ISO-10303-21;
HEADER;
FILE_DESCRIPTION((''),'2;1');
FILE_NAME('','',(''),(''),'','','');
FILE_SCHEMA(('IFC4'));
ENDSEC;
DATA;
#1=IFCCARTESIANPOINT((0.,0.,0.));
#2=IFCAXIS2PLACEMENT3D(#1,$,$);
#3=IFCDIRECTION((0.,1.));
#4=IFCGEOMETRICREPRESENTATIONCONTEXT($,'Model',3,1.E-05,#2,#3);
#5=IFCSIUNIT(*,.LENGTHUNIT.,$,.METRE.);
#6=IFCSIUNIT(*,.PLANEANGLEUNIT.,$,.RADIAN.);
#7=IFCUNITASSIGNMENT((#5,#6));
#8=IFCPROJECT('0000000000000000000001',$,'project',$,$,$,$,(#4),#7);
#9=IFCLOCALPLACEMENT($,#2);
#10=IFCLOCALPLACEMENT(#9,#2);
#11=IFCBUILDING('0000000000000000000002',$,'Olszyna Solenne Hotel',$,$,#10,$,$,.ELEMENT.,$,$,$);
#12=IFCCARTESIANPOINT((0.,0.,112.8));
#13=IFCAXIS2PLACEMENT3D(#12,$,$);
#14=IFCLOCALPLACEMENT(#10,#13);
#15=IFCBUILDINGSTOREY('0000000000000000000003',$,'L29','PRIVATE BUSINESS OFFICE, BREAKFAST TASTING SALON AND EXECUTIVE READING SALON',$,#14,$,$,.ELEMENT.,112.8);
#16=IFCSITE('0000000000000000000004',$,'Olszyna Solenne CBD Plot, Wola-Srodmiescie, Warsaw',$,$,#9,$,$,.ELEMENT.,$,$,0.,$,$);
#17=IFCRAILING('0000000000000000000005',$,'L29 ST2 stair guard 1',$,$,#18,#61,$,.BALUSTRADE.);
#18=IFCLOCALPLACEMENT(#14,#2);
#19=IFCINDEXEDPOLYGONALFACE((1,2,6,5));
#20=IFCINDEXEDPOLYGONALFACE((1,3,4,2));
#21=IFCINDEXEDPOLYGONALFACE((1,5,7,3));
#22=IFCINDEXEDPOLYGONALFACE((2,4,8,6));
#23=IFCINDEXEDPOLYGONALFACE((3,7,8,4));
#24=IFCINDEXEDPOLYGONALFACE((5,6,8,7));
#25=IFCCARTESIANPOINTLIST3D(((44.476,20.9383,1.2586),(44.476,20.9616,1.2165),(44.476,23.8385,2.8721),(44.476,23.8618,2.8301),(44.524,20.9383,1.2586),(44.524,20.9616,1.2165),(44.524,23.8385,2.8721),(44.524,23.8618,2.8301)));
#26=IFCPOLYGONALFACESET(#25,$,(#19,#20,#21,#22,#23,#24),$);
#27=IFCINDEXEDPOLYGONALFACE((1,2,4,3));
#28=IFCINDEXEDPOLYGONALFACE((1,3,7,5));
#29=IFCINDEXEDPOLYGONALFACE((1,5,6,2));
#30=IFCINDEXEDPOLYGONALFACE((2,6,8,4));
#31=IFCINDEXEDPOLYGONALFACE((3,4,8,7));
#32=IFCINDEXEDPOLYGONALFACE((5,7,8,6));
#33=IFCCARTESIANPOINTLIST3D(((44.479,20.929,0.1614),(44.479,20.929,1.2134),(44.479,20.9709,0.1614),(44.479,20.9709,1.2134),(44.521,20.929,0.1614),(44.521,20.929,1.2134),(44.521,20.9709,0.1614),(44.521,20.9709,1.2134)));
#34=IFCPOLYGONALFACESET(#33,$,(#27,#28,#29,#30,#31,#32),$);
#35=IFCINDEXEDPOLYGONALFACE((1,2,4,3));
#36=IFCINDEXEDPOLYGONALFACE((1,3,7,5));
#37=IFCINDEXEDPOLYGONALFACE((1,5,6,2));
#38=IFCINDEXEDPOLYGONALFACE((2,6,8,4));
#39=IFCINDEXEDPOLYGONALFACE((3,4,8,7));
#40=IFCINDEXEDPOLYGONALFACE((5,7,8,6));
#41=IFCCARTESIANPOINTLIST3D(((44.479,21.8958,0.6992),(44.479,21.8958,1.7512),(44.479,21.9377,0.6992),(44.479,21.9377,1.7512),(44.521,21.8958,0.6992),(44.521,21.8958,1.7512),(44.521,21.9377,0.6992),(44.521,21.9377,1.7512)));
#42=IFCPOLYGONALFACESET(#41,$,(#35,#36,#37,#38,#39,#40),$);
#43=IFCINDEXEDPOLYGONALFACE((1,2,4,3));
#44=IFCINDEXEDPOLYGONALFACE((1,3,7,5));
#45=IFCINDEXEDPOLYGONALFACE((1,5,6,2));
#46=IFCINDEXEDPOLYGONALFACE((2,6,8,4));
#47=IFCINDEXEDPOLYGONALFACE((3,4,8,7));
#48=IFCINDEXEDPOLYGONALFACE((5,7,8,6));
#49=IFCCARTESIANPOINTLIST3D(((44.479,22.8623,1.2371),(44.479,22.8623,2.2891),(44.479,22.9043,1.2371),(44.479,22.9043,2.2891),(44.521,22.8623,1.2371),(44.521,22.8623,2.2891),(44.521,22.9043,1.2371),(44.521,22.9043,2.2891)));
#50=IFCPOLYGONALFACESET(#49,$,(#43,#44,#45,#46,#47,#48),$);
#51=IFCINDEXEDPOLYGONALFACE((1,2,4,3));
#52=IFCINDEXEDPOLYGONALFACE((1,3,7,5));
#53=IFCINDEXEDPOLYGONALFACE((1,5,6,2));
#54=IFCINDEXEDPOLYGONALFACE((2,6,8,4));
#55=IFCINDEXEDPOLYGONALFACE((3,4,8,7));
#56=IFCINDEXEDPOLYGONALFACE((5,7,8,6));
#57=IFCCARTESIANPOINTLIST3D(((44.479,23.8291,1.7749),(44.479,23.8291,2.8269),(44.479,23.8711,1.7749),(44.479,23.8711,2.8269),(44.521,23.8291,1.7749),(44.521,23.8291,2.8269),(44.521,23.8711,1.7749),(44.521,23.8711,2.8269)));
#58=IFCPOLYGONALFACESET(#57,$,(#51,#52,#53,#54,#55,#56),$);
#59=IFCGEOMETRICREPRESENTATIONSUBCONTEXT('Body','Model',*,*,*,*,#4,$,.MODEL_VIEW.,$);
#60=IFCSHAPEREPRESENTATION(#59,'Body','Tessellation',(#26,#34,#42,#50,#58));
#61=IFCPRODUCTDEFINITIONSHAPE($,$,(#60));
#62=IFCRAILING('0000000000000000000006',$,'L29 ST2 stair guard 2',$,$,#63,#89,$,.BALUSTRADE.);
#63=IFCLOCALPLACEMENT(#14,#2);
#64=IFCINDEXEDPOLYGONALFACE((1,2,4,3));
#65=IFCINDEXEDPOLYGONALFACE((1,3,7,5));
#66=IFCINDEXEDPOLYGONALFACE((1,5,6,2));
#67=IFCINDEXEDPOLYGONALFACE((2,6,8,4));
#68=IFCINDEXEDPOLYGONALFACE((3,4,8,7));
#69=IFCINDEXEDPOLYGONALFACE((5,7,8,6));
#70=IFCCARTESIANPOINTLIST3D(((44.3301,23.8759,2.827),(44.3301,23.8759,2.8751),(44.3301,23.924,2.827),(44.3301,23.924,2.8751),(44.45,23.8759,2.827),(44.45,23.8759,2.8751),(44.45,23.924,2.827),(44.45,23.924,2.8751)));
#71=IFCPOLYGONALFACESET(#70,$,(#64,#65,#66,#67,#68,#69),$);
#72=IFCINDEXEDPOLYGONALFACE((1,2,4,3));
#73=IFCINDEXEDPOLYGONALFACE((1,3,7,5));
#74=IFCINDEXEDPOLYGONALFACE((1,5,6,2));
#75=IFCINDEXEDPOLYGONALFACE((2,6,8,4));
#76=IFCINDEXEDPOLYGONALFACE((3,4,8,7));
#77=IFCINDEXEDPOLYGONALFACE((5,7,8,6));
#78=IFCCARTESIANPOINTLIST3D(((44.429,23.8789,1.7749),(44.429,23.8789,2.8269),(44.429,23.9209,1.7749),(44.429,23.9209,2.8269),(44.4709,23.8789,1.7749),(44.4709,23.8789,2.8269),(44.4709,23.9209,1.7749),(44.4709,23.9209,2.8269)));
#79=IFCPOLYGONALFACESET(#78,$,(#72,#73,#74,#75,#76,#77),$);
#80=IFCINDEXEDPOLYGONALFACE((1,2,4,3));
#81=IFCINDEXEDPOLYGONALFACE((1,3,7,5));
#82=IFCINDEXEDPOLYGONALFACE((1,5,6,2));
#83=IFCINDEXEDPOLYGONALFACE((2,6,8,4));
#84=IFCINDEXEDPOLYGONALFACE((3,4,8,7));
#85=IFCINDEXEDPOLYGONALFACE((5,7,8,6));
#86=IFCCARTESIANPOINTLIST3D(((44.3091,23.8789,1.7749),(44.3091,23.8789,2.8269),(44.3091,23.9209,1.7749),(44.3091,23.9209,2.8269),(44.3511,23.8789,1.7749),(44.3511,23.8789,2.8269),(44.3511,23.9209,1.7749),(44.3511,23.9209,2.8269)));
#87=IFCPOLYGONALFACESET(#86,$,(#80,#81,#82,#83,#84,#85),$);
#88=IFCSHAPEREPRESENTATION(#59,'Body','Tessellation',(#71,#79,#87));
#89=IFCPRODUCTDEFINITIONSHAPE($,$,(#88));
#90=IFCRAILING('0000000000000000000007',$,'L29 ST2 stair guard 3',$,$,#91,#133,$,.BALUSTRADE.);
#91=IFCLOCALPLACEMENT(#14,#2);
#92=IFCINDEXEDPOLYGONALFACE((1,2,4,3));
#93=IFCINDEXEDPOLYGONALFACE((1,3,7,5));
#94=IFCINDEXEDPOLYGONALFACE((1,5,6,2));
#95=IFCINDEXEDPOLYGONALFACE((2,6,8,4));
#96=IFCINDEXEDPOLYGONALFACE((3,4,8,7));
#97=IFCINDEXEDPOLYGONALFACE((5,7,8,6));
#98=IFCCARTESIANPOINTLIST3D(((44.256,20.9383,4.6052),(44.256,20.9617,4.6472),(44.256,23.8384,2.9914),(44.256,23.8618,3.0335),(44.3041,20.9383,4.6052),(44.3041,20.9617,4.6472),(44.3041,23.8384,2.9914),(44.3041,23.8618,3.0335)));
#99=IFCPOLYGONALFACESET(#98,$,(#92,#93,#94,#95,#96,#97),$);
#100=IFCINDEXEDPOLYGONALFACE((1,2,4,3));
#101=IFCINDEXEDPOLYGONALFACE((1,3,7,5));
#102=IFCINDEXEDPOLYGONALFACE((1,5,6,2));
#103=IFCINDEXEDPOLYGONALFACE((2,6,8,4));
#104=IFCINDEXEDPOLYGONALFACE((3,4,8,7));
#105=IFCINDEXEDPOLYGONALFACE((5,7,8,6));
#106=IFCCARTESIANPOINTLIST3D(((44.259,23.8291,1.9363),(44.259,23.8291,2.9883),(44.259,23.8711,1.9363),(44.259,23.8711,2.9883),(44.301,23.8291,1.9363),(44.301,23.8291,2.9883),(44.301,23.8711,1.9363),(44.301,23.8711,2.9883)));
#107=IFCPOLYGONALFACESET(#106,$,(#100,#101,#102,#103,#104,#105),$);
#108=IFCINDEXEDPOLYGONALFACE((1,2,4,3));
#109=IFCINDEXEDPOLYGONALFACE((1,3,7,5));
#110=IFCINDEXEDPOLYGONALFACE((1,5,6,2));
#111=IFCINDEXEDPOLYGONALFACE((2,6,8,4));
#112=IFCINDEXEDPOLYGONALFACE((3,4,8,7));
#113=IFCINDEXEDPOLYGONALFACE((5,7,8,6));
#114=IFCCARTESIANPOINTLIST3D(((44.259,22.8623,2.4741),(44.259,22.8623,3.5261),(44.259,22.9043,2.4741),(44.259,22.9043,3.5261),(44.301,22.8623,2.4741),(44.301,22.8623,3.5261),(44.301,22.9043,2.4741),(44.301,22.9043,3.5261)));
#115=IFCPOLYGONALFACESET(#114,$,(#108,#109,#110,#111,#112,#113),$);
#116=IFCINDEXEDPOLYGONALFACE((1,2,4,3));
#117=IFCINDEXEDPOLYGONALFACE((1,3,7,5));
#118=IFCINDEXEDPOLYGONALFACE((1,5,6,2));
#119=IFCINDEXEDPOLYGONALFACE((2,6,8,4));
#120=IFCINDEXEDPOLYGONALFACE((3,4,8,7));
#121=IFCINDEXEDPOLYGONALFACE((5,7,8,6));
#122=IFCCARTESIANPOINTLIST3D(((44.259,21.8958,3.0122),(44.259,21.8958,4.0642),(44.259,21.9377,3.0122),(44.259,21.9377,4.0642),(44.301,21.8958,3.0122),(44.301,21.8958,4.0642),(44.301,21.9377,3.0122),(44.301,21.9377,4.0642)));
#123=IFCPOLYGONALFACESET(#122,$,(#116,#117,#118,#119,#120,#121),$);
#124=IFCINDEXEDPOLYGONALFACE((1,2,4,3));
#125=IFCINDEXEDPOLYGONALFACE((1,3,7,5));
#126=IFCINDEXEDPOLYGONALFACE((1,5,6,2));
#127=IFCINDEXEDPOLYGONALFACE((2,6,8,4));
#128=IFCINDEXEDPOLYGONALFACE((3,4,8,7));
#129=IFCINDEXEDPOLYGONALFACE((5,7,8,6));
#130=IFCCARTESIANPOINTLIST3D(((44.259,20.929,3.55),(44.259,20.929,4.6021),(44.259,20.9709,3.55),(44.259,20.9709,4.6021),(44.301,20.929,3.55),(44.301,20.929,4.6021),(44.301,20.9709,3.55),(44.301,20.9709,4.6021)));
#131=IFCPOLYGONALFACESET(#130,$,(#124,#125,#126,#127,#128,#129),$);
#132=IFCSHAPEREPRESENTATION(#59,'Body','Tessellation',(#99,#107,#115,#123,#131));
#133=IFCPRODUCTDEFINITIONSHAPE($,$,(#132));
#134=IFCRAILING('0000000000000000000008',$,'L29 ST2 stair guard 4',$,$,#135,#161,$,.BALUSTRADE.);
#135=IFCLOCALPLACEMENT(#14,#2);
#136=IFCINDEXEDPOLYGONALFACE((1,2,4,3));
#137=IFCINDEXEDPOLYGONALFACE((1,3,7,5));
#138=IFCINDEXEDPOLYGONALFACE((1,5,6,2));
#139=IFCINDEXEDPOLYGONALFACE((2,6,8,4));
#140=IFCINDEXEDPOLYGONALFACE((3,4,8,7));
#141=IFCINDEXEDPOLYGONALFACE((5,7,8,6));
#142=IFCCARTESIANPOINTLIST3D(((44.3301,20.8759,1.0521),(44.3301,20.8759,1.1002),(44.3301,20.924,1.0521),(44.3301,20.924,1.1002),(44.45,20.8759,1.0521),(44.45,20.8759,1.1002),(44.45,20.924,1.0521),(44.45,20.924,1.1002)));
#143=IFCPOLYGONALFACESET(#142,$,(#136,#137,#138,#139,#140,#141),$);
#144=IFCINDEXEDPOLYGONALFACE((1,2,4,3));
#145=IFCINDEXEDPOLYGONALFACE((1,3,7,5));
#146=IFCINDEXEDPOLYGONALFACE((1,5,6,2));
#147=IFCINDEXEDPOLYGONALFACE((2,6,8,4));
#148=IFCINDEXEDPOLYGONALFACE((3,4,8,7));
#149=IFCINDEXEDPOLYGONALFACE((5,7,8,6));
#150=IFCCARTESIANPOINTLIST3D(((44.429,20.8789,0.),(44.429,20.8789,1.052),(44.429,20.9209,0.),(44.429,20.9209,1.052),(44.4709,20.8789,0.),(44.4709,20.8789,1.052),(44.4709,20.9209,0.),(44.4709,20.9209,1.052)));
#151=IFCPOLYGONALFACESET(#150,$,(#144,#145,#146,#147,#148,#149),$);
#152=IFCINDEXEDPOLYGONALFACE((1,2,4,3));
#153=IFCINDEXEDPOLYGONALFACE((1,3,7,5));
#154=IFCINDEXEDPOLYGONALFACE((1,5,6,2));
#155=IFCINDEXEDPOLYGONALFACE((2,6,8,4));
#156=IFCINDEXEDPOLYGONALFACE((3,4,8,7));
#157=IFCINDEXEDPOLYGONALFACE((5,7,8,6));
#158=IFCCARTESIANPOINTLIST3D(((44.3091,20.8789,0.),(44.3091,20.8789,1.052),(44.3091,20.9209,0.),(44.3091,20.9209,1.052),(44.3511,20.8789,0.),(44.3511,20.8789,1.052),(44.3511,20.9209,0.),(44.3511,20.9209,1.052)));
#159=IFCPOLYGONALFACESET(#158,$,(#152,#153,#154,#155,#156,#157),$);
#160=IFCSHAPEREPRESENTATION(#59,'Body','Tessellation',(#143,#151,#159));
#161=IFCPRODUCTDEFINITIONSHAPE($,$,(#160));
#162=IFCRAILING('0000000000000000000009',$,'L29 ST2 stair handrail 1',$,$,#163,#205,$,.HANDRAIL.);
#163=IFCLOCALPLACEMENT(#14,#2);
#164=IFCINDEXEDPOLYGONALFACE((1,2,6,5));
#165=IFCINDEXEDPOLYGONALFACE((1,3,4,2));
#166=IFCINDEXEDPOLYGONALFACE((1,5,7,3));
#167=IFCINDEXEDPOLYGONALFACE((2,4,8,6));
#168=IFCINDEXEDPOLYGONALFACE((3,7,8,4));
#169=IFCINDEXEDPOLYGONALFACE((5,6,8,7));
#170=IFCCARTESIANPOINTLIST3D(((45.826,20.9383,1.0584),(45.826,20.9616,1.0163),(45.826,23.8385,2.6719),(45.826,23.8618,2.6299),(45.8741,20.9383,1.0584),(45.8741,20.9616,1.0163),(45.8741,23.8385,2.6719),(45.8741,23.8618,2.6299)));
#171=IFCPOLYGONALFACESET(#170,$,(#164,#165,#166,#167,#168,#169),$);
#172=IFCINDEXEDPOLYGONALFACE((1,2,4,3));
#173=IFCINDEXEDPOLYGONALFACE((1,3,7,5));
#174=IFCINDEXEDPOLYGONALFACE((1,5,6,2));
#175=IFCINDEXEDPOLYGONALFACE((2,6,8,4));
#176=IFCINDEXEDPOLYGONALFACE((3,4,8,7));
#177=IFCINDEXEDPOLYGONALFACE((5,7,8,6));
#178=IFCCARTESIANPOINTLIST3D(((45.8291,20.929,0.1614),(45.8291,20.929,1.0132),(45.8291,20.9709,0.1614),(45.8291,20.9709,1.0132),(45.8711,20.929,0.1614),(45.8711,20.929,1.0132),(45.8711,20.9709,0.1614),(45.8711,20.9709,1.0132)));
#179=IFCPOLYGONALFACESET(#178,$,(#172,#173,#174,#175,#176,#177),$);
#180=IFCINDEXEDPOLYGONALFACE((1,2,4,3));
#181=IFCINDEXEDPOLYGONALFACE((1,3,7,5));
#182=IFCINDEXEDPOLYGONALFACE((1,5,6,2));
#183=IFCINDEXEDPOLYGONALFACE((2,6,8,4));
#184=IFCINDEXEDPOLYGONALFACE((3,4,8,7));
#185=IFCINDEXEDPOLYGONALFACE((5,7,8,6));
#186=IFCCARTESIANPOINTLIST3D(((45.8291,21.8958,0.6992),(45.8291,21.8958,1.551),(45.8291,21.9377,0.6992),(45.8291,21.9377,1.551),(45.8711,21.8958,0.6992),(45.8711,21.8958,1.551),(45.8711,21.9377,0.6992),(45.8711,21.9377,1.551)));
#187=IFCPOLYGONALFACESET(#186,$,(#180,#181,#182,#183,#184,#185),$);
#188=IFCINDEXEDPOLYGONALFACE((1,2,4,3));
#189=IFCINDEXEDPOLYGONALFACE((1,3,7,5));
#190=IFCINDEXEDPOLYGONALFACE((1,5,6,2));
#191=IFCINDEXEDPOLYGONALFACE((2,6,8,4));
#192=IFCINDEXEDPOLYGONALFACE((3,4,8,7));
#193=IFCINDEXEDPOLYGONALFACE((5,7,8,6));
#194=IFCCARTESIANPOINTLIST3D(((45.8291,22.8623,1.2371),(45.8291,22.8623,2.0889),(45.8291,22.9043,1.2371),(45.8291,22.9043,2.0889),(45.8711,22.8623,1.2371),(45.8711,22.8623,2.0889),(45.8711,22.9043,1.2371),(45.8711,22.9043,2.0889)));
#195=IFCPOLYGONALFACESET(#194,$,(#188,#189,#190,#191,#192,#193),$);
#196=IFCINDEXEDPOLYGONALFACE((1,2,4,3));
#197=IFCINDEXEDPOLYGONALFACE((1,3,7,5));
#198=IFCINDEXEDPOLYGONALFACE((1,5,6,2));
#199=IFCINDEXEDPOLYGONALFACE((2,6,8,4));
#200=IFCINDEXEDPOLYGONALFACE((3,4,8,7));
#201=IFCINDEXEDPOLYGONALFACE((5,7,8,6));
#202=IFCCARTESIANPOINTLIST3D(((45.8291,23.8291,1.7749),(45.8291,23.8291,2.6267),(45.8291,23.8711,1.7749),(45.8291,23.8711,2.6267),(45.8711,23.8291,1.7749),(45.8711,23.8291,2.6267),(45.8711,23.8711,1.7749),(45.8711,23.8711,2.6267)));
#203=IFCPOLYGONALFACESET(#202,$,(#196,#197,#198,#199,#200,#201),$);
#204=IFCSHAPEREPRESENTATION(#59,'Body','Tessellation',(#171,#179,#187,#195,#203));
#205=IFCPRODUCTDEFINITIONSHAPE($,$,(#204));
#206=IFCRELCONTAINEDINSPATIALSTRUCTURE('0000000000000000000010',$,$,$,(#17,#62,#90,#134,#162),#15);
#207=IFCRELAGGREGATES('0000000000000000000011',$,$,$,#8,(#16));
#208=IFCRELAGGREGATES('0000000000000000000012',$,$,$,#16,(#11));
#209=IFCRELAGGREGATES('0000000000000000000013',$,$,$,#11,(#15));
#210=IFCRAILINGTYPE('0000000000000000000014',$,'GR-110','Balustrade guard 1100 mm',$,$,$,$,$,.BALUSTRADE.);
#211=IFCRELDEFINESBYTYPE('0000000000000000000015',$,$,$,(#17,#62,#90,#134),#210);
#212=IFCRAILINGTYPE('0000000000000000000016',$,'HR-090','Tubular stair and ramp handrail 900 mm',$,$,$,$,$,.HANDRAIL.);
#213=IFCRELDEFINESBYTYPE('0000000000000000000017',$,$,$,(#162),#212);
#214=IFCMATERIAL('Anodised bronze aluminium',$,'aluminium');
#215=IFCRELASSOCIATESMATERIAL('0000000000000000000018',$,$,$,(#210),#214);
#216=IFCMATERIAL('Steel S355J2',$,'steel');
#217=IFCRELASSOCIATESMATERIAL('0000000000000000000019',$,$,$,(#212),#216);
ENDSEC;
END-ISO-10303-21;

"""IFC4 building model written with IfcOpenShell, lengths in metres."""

from ifc_helpers import new_model, si_unit, direction, frame, origin, origin_2d, place, context, subcontext, project, spatial, rectangle, extrude, material, type_object, element, save


model = new_model("IFC4")

# Units and contexts
model_context = context("Model", 3, precision=1e-05, world=origin(), true_north=direction((0.0, 1.0)))
body_context = subcontext(model_context, "Body", "Model", "MODEL_VIEW")
ifc_project = project(units=[si_unit("LENGTHUNIT", "METRE"), si_unit("PLANEANGLEUNIT", "RADIAN")], contexts=[model_context])

# Site, building, storey
site_placement = place(None, origin())
site = spatial("IfcSite", under=ifc_project, at=site_placement, Name="Olszyna Solenne CBD Plot, Wola-Srodmiescie, Warsaw", CompositionType="ELEMENT", RefElevation=0.0)
building_placement = place(site_placement, origin())
building = spatial("IfcBuilding", under=site, at=building_placement, Name="Olszyna Solenne Hotel", CompositionType="ELEMENT")
storey_placement = place(building_placement, frame((0.0, 0.0, 112.8)))
storey = spatial("IfcBuildingStorey", under=building, at=storey_placement, Name="L29", Description="PRIVATE BUSINESS OFFICE, BREAKFAST TASTING SALON AND EXECUTIVE READING SALON", CompositionType="ELEMENT", Elevation=112.8)

# Shared definitions
ifc_material_1 = material(Name="Steel S355J2", Category="steel")

# Shared definitions
ifc_material_2 = material(Name="Anodised bronze aluminium", Category="aluminium")

# Railings
railing_type_1 = type_object("IfcRailingType", Name="GR-110", Description="Balustrade guard 1100 mm", PredefinedType="BALUSTRADE", material=ifc_material_2)
railing_1_placement = place(storey_placement, frame((44.5, 20.95, 0.1614)))
element("IfcRailing", 1, at=railing_1_placement, inside=storey, type_object=railing_type_1, Name="L29 ST2 stair guard 1", PredefinedType="BALUSTRADE", context=body_context, shape_type="SweptSolid", body=[
    extrude(rectangle(XDim=0.0481, YDim=0.0481, at=origin_2d()), frame((0.0, 0.0, 1.0762), z_axis=(0.0, 0.873859, 0.48618), x_axis=(-1.0, 0.0, 0.0)), (0.0, 0.0, 1.0), 3.3188),
    extrude(rectangle(XDim=0.042, YDim=0.042, at=origin_2d()), origin(), (0.0, 0.0, 1.0), 1.052),
    extrude(rectangle(XDim=0.042, YDim=0.042, at=origin_2d()), frame((0.0, 0.9668, 0.5378)), (0.0, 0.0, 1.0), 1.052),
    extrude(rectangle(XDim=0.042, YDim=0.042, at=origin_2d()), frame((0.0, 1.9333, 1.0757)), (0.0, 0.0, 1.0), 1.052),
    extrude(rectangle(XDim=0.042, YDim=0.042, at=origin_2d()), frame((0.0, 2.9001, 1.6135)), (0.0, 0.0, 1.0), 1.052),
])
railing_2_placement = place(storey_placement, frame((44.45, 23.8999, 1.7749)))
element("IfcRailing", 2, at=railing_2_placement, inside=storey, type_object=railing_type_1, Name="L29 ST2 stair guard 2", PredefinedType="BALUSTRADE", context=body_context, shape_type="SweptSolid", body=[
    extrude(rectangle(XDim=0.0481, YDim=0.0481, at=origin_2d()), frame((0.0, 0.0, 1.0762), z_axis=(-1.0, 0.0, 0.0), x_axis=(0.0, -1.0, 0.0)), (0.0, 0.0, 1.0), 0.1199),
    extrude(rectangle(XDim=0.042, YDim=0.042, at=origin_2d()), origin(), (0.0, 0.0, 1.0), 1.052),
    extrude(rectangle(XDim=0.042, YDim=0.042, at=origin_2d()), frame((-0.1199, 0.0, 0.0)), (0.0, 0.0, 1.0), 1.052),
])
railing_3_placement = place(storey_placement, frame((44.28, 23.8501, 1.9363)))
element("IfcRailing", 3, at=railing_3_placement, inside=storey, type_object=railing_type_1, Name="L29 ST2 stair guard 3", PredefinedType="BALUSTRADE", context=body_context, shape_type="SweptSolid", body=[
    extrude(rectangle(XDim=0.0481, YDim=0.0481, at=origin_2d()), frame((0.0, 0.0, 1.0762), z_axis=(0.0, -0.873827, 0.486236), x_axis=(1.0, 0.0, 0.0)), (0.0, 0.0, 1.0), 3.3188),
    extrude(rectangle(XDim=0.042, YDim=0.042, at=origin_2d()), origin(), (0.0, 0.0, 1.0), 1.052),
    extrude(rectangle(XDim=0.042, YDim=0.042, at=origin_2d()), frame((0.0, -0.9668, 0.5378)), (0.0, 0.0, 1.0), 1.052),
    extrude(rectangle(XDim=0.042, YDim=0.042, at=origin_2d()), frame((0.0, -1.9333, 1.0759)), (0.0, 0.0, 1.0), 1.052),
    extrude(rectangle(XDim=0.042, YDim=0.042, at=origin_2d()), frame((0.0, -2.9001, 1.6138)), (0.0, 0.0, 1.0), 1.052),
])
railing_4_placement = place(storey_placement, frame((44.45, 20.8999, 0.0)))
element("IfcRailing", 4, at=railing_4_placement, inside=storey, type_object=railing_type_1, Name="L29 ST2 stair guard 4", PredefinedType="BALUSTRADE", context=body_context, shape_type="SweptSolid", body=[
    extrude(rectangle(XDim=0.0481, YDim=0.0481, at=origin_2d()), frame((0.0, 0.0, 1.0762), z_axis=(-1.0, 0.0, 0.0), x_axis=(0.0, -1.0, 0.0)), (0.0, 0.0, 1.0), 0.1199),
    extrude(rectangle(XDim=0.042, YDim=0.042, at=origin_2d()), origin(), (0.0, 0.0, 1.0), 1.052),
    extrude(rectangle(XDim=0.042, YDim=0.042, at=origin_2d()), frame((-0.1199, 0.0, 0.0)), (0.0, 0.0, 1.0), 1.052),
])
railing_type_2 = type_object("IfcRailingType", Name="HR-090", Description="Tubular stair and ramp handrail 900 mm", PredefinedType="HANDRAIL", material=ifc_material_1)
railing_5_placement = place(storey_placement, frame((45.8501, 20.95, 0.1614)))
element("IfcRailing", 5, at=railing_5_placement, inside=storey, type_object=railing_type_2, Name="L29 ST2 stair handrail 1", PredefinedType="HANDRAIL", context=body_context, shape_type="SweptSolid", body=[
    extrude(rectangle(XDim=0.0481, YDim=0.0481, at=origin_2d()), frame((0.0, 0.0, 0.876), z_axis=(0.0, 0.873859, 0.48618), x_axis=(-1.0, 0.0, 0.0)), (0.0, 0.0, 1.0), 3.3188),
    extrude(rectangle(XDim=0.042, YDim=0.042, at=origin_2d()), origin(), (0.0, 0.0, 1.0), 0.8518),
    extrude(rectangle(XDim=0.042, YDim=0.042, at=origin_2d()), frame((0.0, 0.9668, 0.5378)), (0.0, 0.0, 1.0), 0.8518),
    extrude(rectangle(XDim=0.042, YDim=0.042, at=origin_2d()), frame((0.0, 1.9333, 1.0757)), (0.0, 0.0, 1.0), 0.8518),
    extrude(rectangle(XDim=0.042, YDim=0.042, at=origin_2d()), frame((0.0, 2.9001, 1.6135)), (0.0, 0.0, 1.0), 0.8518),
])

save(model, "model.ifc")
